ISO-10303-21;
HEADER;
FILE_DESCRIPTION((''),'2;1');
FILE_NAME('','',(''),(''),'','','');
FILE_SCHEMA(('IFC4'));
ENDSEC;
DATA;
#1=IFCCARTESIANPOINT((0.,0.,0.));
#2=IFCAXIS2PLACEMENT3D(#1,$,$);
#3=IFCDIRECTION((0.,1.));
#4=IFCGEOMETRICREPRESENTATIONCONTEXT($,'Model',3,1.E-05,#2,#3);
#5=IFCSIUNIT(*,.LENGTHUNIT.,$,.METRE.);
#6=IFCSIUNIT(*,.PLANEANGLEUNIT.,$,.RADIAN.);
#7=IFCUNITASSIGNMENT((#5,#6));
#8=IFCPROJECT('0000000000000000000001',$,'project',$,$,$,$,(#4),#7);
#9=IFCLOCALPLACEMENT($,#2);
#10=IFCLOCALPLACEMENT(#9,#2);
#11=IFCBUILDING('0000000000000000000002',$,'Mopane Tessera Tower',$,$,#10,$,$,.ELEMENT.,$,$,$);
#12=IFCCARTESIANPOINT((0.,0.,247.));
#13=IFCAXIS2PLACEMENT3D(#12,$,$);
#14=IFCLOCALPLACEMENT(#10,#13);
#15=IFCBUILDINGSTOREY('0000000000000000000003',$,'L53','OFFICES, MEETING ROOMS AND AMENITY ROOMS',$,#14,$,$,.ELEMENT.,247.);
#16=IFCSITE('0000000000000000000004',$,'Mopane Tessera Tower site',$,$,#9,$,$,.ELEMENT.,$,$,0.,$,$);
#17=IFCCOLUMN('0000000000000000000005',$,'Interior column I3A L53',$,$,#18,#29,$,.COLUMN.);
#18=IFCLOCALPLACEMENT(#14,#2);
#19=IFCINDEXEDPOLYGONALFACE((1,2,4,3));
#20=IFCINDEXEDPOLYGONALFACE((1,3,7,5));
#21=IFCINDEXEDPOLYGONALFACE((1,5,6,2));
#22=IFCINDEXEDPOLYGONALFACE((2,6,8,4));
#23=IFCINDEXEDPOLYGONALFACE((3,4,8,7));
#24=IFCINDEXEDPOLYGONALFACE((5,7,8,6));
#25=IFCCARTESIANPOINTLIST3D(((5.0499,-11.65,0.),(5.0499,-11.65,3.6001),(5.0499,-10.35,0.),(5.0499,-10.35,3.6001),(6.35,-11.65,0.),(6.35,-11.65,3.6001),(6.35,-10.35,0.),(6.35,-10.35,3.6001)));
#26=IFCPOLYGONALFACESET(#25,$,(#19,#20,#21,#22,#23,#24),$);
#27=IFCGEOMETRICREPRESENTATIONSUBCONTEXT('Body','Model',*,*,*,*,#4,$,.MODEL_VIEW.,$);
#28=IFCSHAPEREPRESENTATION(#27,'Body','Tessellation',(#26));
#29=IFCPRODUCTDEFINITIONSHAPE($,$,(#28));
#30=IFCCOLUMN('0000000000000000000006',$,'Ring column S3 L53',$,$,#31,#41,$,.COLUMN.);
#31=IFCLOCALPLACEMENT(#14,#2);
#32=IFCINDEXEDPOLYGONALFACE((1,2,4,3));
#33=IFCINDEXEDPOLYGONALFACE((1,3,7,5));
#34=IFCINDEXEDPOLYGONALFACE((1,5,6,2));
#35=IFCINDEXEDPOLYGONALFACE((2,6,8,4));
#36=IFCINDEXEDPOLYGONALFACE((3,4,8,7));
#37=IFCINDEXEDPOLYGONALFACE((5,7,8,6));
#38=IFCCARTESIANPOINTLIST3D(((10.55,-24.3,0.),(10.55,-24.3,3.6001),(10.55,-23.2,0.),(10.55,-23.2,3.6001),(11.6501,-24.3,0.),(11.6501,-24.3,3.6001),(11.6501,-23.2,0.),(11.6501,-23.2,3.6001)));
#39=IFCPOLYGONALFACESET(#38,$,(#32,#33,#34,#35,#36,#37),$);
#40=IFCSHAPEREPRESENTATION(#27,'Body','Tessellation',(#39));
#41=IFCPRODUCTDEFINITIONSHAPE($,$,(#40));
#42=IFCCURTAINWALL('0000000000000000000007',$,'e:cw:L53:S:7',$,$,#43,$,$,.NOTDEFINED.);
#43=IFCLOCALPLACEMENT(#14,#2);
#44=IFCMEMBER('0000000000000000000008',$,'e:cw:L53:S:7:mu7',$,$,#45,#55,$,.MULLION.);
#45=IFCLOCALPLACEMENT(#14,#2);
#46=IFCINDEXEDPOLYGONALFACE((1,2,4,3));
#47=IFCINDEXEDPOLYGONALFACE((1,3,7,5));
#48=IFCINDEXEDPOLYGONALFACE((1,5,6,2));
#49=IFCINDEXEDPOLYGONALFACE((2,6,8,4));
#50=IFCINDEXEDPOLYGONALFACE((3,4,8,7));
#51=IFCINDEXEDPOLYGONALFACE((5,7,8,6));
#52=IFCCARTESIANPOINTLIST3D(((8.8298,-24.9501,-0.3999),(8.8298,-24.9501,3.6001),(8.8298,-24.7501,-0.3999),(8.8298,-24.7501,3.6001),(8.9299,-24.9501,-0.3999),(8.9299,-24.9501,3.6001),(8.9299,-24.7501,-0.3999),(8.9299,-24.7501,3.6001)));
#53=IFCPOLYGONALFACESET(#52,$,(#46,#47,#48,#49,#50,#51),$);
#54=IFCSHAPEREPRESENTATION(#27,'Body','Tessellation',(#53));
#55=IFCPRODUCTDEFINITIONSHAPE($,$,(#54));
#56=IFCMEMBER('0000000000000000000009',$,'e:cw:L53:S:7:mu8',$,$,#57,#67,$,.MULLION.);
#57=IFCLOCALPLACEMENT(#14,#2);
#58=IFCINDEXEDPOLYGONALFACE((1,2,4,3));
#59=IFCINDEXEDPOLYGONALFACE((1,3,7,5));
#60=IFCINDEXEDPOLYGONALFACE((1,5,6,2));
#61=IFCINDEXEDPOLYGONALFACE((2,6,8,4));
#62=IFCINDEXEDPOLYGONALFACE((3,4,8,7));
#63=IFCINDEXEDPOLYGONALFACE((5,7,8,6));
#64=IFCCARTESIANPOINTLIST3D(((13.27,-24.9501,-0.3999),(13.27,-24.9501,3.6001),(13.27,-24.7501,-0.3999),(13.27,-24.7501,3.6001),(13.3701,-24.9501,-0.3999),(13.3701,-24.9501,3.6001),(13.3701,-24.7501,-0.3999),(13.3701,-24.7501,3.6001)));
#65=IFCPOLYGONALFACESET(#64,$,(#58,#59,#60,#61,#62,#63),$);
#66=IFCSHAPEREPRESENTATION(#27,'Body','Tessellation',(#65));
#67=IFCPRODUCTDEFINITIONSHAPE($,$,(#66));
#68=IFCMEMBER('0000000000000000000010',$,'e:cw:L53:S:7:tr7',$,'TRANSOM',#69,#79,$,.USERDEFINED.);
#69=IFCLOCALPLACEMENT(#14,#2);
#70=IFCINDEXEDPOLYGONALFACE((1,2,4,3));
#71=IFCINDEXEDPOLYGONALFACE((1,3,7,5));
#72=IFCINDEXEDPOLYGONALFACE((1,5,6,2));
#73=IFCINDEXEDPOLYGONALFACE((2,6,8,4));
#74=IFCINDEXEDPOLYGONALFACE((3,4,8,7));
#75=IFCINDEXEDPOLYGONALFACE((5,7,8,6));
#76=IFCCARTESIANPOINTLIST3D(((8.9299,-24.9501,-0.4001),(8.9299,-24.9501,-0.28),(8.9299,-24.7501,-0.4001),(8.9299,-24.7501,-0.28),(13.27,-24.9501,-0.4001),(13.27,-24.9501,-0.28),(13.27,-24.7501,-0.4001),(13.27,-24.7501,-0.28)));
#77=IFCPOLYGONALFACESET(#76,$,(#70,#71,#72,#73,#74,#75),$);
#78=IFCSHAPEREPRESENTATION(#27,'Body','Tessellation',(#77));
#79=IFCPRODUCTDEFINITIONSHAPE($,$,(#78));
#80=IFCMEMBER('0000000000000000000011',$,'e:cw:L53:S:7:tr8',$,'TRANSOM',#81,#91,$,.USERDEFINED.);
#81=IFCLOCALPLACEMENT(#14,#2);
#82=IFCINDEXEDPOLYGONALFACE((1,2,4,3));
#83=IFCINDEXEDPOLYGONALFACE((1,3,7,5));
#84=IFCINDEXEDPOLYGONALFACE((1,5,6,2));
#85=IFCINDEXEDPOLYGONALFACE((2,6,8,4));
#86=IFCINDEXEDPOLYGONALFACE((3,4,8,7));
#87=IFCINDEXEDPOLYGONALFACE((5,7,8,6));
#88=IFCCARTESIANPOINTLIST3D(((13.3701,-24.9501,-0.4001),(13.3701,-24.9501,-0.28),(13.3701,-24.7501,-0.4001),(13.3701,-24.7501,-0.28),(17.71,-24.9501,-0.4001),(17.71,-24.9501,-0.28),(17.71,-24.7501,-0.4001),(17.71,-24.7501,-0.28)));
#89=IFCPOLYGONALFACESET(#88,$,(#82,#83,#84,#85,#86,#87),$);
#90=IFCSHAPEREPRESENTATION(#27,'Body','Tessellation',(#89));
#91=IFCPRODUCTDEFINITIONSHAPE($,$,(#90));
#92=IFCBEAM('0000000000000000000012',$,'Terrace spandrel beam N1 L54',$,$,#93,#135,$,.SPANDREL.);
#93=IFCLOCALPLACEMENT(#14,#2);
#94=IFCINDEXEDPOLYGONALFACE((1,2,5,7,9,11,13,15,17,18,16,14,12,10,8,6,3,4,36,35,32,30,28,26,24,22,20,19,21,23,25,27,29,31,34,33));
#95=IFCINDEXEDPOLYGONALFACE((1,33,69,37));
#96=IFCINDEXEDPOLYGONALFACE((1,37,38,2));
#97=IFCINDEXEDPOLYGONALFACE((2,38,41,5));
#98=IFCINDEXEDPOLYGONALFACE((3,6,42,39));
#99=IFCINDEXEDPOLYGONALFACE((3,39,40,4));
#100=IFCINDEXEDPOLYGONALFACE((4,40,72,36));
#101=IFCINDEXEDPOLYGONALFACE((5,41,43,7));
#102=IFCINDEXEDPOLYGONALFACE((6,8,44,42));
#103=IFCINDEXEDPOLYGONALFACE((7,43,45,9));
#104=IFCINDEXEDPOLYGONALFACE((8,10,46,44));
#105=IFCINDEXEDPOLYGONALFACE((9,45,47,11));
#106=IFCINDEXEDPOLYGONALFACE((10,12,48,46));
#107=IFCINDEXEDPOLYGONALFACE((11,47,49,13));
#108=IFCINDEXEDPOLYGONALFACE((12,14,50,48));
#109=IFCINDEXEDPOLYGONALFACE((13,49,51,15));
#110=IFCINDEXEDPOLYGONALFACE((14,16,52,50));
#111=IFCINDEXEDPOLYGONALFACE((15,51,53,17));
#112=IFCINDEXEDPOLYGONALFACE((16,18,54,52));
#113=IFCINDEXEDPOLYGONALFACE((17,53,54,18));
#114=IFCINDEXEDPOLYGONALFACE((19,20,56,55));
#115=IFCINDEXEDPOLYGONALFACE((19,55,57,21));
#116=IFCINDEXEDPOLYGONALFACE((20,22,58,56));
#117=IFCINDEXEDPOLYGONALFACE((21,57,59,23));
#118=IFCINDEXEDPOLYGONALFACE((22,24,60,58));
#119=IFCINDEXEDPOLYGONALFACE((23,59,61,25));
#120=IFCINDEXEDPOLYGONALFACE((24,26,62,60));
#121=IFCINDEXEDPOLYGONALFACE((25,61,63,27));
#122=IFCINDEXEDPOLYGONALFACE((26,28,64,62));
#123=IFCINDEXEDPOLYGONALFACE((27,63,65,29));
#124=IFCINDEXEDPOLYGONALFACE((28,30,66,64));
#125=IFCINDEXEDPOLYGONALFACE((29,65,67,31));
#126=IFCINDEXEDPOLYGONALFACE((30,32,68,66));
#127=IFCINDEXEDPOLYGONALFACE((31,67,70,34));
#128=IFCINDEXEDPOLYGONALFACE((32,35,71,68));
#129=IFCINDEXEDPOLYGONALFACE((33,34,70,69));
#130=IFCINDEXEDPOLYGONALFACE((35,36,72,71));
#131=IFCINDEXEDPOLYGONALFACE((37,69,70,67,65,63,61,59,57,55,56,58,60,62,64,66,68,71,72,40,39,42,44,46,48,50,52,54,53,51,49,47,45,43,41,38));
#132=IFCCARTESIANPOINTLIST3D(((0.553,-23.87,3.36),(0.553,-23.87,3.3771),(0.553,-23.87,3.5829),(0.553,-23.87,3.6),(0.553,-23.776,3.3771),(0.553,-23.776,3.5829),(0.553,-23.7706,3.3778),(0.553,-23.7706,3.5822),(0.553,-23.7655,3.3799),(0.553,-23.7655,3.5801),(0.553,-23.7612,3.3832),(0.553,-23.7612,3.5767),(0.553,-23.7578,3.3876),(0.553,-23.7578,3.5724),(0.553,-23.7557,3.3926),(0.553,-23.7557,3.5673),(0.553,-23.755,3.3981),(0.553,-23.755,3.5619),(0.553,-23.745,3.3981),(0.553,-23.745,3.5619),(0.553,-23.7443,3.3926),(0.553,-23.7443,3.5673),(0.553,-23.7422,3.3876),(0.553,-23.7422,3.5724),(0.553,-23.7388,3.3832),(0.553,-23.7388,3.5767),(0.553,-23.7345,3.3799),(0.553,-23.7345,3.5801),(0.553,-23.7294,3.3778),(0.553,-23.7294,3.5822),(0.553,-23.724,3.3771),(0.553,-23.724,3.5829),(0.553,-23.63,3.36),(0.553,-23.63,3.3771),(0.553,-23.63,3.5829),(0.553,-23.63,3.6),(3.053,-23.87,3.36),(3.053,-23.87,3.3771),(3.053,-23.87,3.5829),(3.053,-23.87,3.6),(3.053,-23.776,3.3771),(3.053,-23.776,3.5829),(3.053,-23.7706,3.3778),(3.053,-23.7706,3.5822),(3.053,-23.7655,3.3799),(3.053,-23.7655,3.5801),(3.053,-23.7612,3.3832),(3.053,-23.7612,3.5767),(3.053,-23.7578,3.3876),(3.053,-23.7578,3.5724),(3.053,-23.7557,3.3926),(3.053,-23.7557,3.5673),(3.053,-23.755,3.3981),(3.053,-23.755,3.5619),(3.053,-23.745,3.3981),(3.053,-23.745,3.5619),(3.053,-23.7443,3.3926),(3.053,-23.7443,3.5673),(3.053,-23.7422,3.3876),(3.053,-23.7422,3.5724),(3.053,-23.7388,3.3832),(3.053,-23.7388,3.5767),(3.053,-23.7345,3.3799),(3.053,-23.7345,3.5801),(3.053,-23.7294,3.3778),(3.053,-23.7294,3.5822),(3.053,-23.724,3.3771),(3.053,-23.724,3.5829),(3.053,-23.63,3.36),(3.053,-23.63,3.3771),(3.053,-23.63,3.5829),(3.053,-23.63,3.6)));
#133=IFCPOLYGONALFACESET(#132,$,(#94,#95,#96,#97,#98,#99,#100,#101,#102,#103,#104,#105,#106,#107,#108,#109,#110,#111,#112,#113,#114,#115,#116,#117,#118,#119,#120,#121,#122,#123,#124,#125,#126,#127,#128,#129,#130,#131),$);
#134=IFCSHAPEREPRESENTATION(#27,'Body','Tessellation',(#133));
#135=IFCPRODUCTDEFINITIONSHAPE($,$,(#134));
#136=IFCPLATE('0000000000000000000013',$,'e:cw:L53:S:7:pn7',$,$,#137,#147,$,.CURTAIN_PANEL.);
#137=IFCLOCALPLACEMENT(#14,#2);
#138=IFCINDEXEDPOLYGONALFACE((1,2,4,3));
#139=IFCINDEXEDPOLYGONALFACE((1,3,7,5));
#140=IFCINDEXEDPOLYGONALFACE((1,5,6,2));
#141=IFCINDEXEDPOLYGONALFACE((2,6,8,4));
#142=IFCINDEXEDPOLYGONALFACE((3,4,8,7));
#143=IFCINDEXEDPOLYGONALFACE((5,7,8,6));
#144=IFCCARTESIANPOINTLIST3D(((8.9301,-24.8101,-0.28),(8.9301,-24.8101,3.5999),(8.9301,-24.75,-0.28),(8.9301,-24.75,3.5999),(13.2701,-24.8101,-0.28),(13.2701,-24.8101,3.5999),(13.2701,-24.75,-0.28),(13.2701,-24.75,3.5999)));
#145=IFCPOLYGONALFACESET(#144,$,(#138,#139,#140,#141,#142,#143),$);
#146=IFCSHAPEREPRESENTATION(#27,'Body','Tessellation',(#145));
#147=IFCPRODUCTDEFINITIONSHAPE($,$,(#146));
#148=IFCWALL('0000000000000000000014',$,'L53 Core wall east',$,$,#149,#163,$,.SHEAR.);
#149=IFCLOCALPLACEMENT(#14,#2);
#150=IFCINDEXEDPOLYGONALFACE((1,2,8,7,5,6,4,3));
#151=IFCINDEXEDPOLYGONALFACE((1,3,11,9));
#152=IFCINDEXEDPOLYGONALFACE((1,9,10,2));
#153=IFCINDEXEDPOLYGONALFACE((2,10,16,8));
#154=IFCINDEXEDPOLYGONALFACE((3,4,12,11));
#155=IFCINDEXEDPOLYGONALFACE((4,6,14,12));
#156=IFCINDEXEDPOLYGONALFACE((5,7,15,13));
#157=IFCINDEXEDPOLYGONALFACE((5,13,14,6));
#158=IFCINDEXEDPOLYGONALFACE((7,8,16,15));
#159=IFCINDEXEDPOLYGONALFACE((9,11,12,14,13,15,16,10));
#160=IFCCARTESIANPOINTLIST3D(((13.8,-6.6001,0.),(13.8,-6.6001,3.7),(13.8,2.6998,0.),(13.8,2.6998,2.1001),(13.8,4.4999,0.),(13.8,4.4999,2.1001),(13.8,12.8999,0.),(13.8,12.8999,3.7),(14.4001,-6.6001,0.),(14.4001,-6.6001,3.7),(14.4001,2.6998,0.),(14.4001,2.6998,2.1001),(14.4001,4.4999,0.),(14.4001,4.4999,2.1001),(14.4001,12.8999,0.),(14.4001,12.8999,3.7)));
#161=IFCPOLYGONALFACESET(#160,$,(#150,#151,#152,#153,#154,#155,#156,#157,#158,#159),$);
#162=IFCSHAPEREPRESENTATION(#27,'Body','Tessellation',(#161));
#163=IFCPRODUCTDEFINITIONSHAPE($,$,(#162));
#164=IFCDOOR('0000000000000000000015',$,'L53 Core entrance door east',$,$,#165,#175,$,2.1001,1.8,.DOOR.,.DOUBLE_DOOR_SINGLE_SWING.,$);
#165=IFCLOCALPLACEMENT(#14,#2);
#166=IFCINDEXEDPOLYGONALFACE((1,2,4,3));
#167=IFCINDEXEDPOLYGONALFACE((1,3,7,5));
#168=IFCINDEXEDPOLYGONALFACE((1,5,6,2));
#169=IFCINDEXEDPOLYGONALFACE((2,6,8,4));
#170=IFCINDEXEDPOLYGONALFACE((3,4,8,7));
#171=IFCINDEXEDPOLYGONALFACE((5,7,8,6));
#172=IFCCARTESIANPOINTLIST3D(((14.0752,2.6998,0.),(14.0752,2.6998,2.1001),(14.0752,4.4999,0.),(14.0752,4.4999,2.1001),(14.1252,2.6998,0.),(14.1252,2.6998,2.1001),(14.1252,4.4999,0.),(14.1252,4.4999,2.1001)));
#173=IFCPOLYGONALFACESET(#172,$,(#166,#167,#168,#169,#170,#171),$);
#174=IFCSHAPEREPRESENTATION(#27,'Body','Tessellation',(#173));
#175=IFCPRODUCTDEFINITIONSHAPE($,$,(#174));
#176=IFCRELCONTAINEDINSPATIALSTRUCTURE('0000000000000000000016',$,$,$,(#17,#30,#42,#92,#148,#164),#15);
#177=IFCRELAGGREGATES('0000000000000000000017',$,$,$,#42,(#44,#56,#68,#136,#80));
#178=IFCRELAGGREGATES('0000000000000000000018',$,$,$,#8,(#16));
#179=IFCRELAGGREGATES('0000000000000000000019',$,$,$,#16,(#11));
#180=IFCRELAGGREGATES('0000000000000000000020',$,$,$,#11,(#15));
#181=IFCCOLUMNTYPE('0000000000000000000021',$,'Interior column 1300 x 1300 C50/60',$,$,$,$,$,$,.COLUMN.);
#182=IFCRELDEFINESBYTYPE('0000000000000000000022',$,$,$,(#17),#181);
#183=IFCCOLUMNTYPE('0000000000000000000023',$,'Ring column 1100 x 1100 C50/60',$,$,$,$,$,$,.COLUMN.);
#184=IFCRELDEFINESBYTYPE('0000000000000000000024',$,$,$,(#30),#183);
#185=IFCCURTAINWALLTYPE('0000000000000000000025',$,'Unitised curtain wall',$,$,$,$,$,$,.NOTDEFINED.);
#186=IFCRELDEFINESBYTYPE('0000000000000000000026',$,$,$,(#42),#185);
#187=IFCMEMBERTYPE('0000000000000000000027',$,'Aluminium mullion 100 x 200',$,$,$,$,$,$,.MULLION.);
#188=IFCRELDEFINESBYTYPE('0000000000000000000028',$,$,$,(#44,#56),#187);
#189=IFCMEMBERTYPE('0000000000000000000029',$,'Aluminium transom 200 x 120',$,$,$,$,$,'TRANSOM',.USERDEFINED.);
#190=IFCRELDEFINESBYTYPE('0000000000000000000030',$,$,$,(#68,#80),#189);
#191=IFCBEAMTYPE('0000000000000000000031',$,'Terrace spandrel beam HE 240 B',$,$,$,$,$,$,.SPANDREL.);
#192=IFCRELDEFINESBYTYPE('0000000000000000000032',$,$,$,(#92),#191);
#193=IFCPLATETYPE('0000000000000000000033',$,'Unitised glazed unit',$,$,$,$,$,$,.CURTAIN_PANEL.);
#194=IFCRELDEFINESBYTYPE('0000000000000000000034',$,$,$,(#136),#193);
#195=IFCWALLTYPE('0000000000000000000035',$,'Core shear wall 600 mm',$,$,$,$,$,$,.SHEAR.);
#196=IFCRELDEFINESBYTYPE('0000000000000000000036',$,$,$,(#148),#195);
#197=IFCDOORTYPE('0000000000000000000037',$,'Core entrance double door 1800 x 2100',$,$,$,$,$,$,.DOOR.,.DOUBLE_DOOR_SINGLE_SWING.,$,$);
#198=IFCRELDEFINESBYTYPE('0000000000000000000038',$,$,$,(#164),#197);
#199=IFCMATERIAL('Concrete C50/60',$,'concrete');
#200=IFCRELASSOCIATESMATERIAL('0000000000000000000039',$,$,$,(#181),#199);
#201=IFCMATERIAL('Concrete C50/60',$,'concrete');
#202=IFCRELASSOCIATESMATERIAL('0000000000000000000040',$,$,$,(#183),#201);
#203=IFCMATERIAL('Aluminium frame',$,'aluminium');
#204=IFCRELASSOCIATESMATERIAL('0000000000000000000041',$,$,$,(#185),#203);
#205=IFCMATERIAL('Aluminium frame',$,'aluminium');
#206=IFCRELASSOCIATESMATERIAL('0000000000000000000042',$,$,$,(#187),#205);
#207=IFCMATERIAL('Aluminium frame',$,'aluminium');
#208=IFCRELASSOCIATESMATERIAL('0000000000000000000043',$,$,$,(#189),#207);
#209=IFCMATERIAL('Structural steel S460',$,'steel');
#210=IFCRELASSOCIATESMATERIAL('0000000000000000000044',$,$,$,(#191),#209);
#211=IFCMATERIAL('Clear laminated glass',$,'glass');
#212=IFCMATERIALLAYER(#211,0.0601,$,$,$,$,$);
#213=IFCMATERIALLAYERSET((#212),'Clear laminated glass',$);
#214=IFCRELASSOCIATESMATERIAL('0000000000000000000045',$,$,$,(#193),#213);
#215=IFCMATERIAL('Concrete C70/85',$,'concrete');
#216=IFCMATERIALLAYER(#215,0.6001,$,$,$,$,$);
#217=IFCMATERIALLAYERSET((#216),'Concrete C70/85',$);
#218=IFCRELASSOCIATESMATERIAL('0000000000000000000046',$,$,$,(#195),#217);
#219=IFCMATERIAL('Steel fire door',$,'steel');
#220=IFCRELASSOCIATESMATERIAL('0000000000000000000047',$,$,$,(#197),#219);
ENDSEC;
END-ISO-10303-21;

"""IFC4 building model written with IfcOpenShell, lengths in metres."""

from ifc_helpers import new_model, si_unit, direction, frame, frame_2d, origin, origin_2d, place, context, subcontext, project, spatial, rectangle, i_section, extrude, material, layer, layer_set, material_profile, profile_set, type_object, element, fill, aggregate, save


model = new_model("IFC4")

# Units and contexts
model_context = context("Model", 3, precision=1e-05, world=origin(), true_north=direction((0.0, 1.0)))
body_context = subcontext(model_context, "Body", "Model", "MODEL_VIEW")
ifc_project = project(units=[si_unit("LENGTHUNIT", "METRE"), si_unit("PLANEANGLEUNIT", "RADIAN")], contexts=[model_context])

# Site, building, storey
site_placement = place(None, origin())
site = spatial("IfcSite", under=ifc_project, at=site_placement, Name="Mopane Tessera Tower site", CompositionType="ELEMENT", RefElevation=0.0)
building_placement = place(site_placement, origin())
building = spatial("IfcBuilding", under=site, at=building_placement, Name="Mopane Tessera Tower", CompositionType="ELEMENT")
storey_placement = place(building_placement, frame((0.0, 0.0, 247.0)))
storey = spatial("IfcBuildingStorey", under=building, at=storey_placement, Name="L53", Description="OFFICES, MEETING ROOMS AND AMENITY ROOMS", CompositionType="ELEMENT", Elevation=247.0)

# Columns
ifc_material_1 = material(Name="Concrete C50/60", Category="concrete")
ifc_material_profile_1 = material_profile(ifc_material_1, rectangle(XDim=1.3, YDim=1.3, at=origin_2d()))
ifc_profile_set_1 = profile_set([ifc_material_profile_1], Name="Concrete C50/60")
column_type_1 = type_object("IfcColumnType", Name="Interior column 1300 x 1300 C50/60", PredefinedType="COLUMN", material=ifc_profile_set_1)
column_1_placement = place(storey_placement, frame((5.7, -11.0, 0.0), z_axis=(0.0, 0.0, 1.0), x_axis=(1.0, 0.0, 0.0)))
element("IfcColumn", 1, at=column_1_placement, inside=storey, type_object=column_type_1, Name="Interior column I3A L53", PredefinedType="COLUMN", context=body_context, shape_type="SweptSolid", body=[
    extrude(rectangle(XDim=1.3, YDim=1.3, at=origin_2d()), origin(), (0.0, 0.0, 1.0), 3.6001),
])
ifc_material_2 = material(Name="Concrete C50/60", Category="concrete")
ifc_material_profile_2 = material_profile(ifc_material_2, rectangle(XDim=1.1001, YDim=1.1001, at=origin_2d()))
ifc_profile_set_2 = profile_set([ifc_material_profile_2], Name="Concrete C50/60")
column_type_2 = type_object("IfcColumnType", Name="Ring column 1100 x 1100 C50/60", PredefinedType="COLUMN", material=ifc_profile_set_2)
column_2_placement = place(storey_placement, frame((11.1001, -23.75, 0.0), z_axis=(0.0, 0.0, 1.0), x_axis=(1.0, 0.0, 0.0)))
element("IfcColumn", 2, at=column_2_placement, inside=storey, type_object=column_type_2, Name="Ring column S3 L53", PredefinedType="COLUMN", context=body_context, shape_type="SweptSolid", body=[
    extrude(rectangle(XDim=1.1001, YDim=1.1001, at=origin_2d()), origin(), (0.0, 0.0, 1.0), 3.6001),
])

# Curtain wall, members
ifc_material_3 = material(Name="Aluminium frame", Category="aluminium")
curtain_wall_type = type_object("IfcCurtainWallType", Name="Unitised curtain wall", PredefinedType="NOTDEFINED", material=ifc_material_3)
curtain_wall_placement = place(storey_placement, origin())
curtain_wall = element("IfcCurtainWall", 3, at=curtain_wall_placement, inside=storey, type_object=curtain_wall_type, Name="e:cw:L53:S:7", PredefinedType="NOTDEFINED")
ifc_material_4 = material(Name="Aluminium frame", Category="aluminium")
ifc_material_profile_3 = material_profile(ifc_material_4, rectangle(XDim=0.1001, YDim=0.2, at=origin_2d()))
ifc_profile_set_3 = profile_set([ifc_material_profile_3], Name="Aluminium frame")
member_type_1 = type_object("IfcMemberType", Name="Aluminium mullion 100 x 200", PredefinedType="MULLION", material=ifc_profile_set_3)
member_1_placement = place(storey_placement, frame((8.8799, -24.8501, -0.3999), z_axis=(0.0, 0.0, 1.0), x_axis=(1.0, 0.0, 0.0)))
member_1 = element("IfcMember", 4, at=member_1_placement, type_object=member_type_1, Name="e:cw:L53:S:7:mu7", PredefinedType="MULLION", context=body_context, shape_type="SweptSolid", body=[
    extrude(rectangle(XDim=0.1001, YDim=0.2, at=origin_2d()), origin(), (0.0, 0.0, 1.0), 4.0),
])
member_2_placement = place(storey_placement, frame((13.3201, -24.8501, -0.3999), z_axis=(0.0, 0.0, 1.0), x_axis=(1.0, 0.0, 0.0)))
member_2 = element("IfcMember", 5, at=member_2_placement, type_object=member_type_1, Name="e:cw:L53:S:7:mu8", PredefinedType="MULLION", context=body_context, shape_type="SweptSolid", body=[
    extrude(rectangle(XDim=0.1001, YDim=0.2, at=origin_2d()), origin(), (0.0, 0.0, 1.0), 4.0),
])
ifc_material_5 = material(Name="Aluminium frame", Category="aluminium")
ifc_material_profile_4 = material_profile(ifc_material_5, rectangle(XDim=0.2, YDim=0.1201, at=origin_2d()))
ifc_profile_set_4 = profile_set([ifc_material_profile_4], Name="Aluminium frame")
member_type_2 = type_object("IfcMemberType", Name="Aluminium transom 200 x 120", ElementType="TRANSOM", PredefinedType="USERDEFINED", material=ifc_profile_set_4)
member_3_placement = place(storey_placement, frame((8.9299, -24.8501, -0.3401), z_axis=(1.0, 0.0, 0.0), x_axis=(0.0, 1.0, 0.0)))
member_3 = element("IfcMember", 6, at=member_3_placement, type_object=member_type_2, Name="e:cw:L53:S:7:tr7", ObjectType="TRANSOM", PredefinedType="USERDEFINED", context=body_context, shape_type="SweptSolid", body=[
    extrude(rectangle(XDim=0.2, YDim=0.1201, at=origin_2d()), origin(), (0.0, 0.0, 1.0), 4.3401),
])
member_4_placement = place(storey_placement, frame((13.3701, -24.8501, -0.3401), z_axis=(1.0, 0.0, 0.0), x_axis=(0.0, 1.0, 0.0)))
member_4 = element("IfcMember", 7, at=member_4_placement, type_object=member_type_2, Name="e:cw:L53:S:7:tr8", ObjectType="TRANSOM", PredefinedType="USERDEFINED", context=body_context, shape_type="SweptSolid", body=[
    extrude(rectangle(XDim=0.2, YDim=0.1201, at=origin_2d()), origin(), (0.0, 0.0, 1.0), 4.3398),
])

# Beam
ifc_material_6 = material(Name="Structural steel S460", Category="steel")
ifc_material_profile_5 = material_profile(ifc_material_6, i_section(OverallWidth=0.24, OverallDepth=0.24, WebThickness=0.01, FlangeThickness=0.0171, FilletRadius=0.021, at=origin_2d()))
ifc_profile_set_5 = profile_set([ifc_material_profile_5], Name="Structural steel S460")
beam_type = type_object("IfcBeamType", Name="Terrace spandrel beam HE 240 B", PredefinedType="SPANDREL", material=ifc_profile_set_5)
beam_placement = place(storey_placement, frame((0.553, -23.75, 3.48), z_axis=(1.0, 0.0, 0.0), x_axis=(0.0, 1.0, 0.0)))
element("IfcBeam", 8, at=beam_placement, inside=storey, type_object=beam_type, Name="Terrace spandrel beam N1 L54", PredefinedType="SPANDREL", context=body_context, shape_type="SweptSolid", body=[
    extrude(i_section(OverallWidth=0.24, OverallDepth=0.24, WebThickness=0.01, FlangeThickness=0.0171, FilletRadius=0.021, at=origin_2d()), origin(), (0.0, 0.0, 1.0), 2.5),
])

# Plate
ifc_material_7 = material(Name="Clear laminated glass", Category="glass")
ifc_layer_1 = layer(ifc_material_7, 0.0601)
ifc_layer_set_1 = layer_set([ifc_layer_1], Name="Clear laminated glass")
plate_type = type_object("IfcPlateType", Name="Unitised glazed unit", PredefinedType="CURTAIN_PANEL", material=ifc_layer_set_1)
plate_placement = place(storey_placement, frame((11.1001, -24.78, -0.28), z_axis=(0.0, 0.0, 1.0), x_axis=(1.0, 0.0, 0.0)))
plate = element("IfcPlate", 9, at=plate_placement, type_object=plate_type, Name="e:cw:L53:S:7:pn7", PredefinedType="CURTAIN_PANEL", context=body_context, shape_type="SweptSolid", body=[
    extrude(rectangle(XDim=4.3401, YDim=0.0601, at=origin_2d()), origin(), (0.0, 0.0, 1.0), 3.8799),
])
aggregate(curtain_wall, [member_1, member_2, member_3, plate, member_4])

# Wall, opening, door
ifc_material_8 = material(Name="Concrete C70/85", Category="concrete")
ifc_layer_2 = layer(ifc_material_8, 0.6001)
ifc_layer_set_2 = layer_set([ifc_layer_2], Name="Concrete C70/85")
wall_type_1 = type_object("IfcWallType", Name="Core shear wall 600 mm", PredefinedType="SHEAR", material=ifc_layer_set_2)
wall_1_placement = place(storey_placement, frame((14.1001, -6.6001, 0.0), z_axis=(0.0, 0.0, 1.0), x_axis=(0.0, 1.0, 0.0)))
wall_1 = element("IfcWall", 10, at=wall_1_placement, inside=storey, type_object=wall_type_1, Name="L53 Core wall east", PredefinedType="SHEAR", context=body_context, shape_type="SweptSolid", body=[
    extrude(rectangle(XDim=19.5, YDim=0.6001, at=frame_2d((9.75, 0.0))), origin(), (0.0, 0.0, 1.0), 3.7),
])
opening_placement = place(wall_1_placement, frame((9.3, 0.0, 0.0)))
opening = element("IfcOpeningElement", 11, at=opening_placement, cuts=wall_1, PredefinedType="OPENING", context=body_context, shape_type="SweptSolid", body=[
    extrude(rectangle(XDim=1.8, YDim=2.1001, at=frame_2d((0.8999, 1.05))), frame((0.0, 0.312, 0.0), z_axis=(0.0, -1.0, 0.0), x_axis=(1.0, 0.0, 0.0)), (0.0, 0.0, 1.0), 0.624),
])
ifc_material_9 = material(Name="Steel fire door", Category="steel")
door_type = type_object("IfcDoorType", Name="Core entrance double door 1800 x 2100", OperationType="DOUBLE_DOOR_SINGLE_SWING", PredefinedType="DOOR", material=ifc_material_9)
door_placement = place(opening_placement, origin())
door = element("IfcDoor", 12, at=door_placement, inside=storey, type_object=door_type, Name="L53 Core entrance door east", OperationType="DOUBLE_DOOR_SINGLE_SWING", OverallHeight=2.1001, OverallWidth=1.8, PredefinedType="DOOR", context=body_context, shape_type="SweptSolid", body=[
    extrude(rectangle(XDim=1.8, YDim=2.1001, at=frame_2d((0.8999, 1.05))), frame((0.0, 0.0249, 0.0), z_axis=(0.0, -1.0, 0.0), x_axis=(1.0, 0.0, 0.0)), (0.0, 0.0, 1.0), 0.05),
])
fill(opening, door)

save(model, "model.ifc")
